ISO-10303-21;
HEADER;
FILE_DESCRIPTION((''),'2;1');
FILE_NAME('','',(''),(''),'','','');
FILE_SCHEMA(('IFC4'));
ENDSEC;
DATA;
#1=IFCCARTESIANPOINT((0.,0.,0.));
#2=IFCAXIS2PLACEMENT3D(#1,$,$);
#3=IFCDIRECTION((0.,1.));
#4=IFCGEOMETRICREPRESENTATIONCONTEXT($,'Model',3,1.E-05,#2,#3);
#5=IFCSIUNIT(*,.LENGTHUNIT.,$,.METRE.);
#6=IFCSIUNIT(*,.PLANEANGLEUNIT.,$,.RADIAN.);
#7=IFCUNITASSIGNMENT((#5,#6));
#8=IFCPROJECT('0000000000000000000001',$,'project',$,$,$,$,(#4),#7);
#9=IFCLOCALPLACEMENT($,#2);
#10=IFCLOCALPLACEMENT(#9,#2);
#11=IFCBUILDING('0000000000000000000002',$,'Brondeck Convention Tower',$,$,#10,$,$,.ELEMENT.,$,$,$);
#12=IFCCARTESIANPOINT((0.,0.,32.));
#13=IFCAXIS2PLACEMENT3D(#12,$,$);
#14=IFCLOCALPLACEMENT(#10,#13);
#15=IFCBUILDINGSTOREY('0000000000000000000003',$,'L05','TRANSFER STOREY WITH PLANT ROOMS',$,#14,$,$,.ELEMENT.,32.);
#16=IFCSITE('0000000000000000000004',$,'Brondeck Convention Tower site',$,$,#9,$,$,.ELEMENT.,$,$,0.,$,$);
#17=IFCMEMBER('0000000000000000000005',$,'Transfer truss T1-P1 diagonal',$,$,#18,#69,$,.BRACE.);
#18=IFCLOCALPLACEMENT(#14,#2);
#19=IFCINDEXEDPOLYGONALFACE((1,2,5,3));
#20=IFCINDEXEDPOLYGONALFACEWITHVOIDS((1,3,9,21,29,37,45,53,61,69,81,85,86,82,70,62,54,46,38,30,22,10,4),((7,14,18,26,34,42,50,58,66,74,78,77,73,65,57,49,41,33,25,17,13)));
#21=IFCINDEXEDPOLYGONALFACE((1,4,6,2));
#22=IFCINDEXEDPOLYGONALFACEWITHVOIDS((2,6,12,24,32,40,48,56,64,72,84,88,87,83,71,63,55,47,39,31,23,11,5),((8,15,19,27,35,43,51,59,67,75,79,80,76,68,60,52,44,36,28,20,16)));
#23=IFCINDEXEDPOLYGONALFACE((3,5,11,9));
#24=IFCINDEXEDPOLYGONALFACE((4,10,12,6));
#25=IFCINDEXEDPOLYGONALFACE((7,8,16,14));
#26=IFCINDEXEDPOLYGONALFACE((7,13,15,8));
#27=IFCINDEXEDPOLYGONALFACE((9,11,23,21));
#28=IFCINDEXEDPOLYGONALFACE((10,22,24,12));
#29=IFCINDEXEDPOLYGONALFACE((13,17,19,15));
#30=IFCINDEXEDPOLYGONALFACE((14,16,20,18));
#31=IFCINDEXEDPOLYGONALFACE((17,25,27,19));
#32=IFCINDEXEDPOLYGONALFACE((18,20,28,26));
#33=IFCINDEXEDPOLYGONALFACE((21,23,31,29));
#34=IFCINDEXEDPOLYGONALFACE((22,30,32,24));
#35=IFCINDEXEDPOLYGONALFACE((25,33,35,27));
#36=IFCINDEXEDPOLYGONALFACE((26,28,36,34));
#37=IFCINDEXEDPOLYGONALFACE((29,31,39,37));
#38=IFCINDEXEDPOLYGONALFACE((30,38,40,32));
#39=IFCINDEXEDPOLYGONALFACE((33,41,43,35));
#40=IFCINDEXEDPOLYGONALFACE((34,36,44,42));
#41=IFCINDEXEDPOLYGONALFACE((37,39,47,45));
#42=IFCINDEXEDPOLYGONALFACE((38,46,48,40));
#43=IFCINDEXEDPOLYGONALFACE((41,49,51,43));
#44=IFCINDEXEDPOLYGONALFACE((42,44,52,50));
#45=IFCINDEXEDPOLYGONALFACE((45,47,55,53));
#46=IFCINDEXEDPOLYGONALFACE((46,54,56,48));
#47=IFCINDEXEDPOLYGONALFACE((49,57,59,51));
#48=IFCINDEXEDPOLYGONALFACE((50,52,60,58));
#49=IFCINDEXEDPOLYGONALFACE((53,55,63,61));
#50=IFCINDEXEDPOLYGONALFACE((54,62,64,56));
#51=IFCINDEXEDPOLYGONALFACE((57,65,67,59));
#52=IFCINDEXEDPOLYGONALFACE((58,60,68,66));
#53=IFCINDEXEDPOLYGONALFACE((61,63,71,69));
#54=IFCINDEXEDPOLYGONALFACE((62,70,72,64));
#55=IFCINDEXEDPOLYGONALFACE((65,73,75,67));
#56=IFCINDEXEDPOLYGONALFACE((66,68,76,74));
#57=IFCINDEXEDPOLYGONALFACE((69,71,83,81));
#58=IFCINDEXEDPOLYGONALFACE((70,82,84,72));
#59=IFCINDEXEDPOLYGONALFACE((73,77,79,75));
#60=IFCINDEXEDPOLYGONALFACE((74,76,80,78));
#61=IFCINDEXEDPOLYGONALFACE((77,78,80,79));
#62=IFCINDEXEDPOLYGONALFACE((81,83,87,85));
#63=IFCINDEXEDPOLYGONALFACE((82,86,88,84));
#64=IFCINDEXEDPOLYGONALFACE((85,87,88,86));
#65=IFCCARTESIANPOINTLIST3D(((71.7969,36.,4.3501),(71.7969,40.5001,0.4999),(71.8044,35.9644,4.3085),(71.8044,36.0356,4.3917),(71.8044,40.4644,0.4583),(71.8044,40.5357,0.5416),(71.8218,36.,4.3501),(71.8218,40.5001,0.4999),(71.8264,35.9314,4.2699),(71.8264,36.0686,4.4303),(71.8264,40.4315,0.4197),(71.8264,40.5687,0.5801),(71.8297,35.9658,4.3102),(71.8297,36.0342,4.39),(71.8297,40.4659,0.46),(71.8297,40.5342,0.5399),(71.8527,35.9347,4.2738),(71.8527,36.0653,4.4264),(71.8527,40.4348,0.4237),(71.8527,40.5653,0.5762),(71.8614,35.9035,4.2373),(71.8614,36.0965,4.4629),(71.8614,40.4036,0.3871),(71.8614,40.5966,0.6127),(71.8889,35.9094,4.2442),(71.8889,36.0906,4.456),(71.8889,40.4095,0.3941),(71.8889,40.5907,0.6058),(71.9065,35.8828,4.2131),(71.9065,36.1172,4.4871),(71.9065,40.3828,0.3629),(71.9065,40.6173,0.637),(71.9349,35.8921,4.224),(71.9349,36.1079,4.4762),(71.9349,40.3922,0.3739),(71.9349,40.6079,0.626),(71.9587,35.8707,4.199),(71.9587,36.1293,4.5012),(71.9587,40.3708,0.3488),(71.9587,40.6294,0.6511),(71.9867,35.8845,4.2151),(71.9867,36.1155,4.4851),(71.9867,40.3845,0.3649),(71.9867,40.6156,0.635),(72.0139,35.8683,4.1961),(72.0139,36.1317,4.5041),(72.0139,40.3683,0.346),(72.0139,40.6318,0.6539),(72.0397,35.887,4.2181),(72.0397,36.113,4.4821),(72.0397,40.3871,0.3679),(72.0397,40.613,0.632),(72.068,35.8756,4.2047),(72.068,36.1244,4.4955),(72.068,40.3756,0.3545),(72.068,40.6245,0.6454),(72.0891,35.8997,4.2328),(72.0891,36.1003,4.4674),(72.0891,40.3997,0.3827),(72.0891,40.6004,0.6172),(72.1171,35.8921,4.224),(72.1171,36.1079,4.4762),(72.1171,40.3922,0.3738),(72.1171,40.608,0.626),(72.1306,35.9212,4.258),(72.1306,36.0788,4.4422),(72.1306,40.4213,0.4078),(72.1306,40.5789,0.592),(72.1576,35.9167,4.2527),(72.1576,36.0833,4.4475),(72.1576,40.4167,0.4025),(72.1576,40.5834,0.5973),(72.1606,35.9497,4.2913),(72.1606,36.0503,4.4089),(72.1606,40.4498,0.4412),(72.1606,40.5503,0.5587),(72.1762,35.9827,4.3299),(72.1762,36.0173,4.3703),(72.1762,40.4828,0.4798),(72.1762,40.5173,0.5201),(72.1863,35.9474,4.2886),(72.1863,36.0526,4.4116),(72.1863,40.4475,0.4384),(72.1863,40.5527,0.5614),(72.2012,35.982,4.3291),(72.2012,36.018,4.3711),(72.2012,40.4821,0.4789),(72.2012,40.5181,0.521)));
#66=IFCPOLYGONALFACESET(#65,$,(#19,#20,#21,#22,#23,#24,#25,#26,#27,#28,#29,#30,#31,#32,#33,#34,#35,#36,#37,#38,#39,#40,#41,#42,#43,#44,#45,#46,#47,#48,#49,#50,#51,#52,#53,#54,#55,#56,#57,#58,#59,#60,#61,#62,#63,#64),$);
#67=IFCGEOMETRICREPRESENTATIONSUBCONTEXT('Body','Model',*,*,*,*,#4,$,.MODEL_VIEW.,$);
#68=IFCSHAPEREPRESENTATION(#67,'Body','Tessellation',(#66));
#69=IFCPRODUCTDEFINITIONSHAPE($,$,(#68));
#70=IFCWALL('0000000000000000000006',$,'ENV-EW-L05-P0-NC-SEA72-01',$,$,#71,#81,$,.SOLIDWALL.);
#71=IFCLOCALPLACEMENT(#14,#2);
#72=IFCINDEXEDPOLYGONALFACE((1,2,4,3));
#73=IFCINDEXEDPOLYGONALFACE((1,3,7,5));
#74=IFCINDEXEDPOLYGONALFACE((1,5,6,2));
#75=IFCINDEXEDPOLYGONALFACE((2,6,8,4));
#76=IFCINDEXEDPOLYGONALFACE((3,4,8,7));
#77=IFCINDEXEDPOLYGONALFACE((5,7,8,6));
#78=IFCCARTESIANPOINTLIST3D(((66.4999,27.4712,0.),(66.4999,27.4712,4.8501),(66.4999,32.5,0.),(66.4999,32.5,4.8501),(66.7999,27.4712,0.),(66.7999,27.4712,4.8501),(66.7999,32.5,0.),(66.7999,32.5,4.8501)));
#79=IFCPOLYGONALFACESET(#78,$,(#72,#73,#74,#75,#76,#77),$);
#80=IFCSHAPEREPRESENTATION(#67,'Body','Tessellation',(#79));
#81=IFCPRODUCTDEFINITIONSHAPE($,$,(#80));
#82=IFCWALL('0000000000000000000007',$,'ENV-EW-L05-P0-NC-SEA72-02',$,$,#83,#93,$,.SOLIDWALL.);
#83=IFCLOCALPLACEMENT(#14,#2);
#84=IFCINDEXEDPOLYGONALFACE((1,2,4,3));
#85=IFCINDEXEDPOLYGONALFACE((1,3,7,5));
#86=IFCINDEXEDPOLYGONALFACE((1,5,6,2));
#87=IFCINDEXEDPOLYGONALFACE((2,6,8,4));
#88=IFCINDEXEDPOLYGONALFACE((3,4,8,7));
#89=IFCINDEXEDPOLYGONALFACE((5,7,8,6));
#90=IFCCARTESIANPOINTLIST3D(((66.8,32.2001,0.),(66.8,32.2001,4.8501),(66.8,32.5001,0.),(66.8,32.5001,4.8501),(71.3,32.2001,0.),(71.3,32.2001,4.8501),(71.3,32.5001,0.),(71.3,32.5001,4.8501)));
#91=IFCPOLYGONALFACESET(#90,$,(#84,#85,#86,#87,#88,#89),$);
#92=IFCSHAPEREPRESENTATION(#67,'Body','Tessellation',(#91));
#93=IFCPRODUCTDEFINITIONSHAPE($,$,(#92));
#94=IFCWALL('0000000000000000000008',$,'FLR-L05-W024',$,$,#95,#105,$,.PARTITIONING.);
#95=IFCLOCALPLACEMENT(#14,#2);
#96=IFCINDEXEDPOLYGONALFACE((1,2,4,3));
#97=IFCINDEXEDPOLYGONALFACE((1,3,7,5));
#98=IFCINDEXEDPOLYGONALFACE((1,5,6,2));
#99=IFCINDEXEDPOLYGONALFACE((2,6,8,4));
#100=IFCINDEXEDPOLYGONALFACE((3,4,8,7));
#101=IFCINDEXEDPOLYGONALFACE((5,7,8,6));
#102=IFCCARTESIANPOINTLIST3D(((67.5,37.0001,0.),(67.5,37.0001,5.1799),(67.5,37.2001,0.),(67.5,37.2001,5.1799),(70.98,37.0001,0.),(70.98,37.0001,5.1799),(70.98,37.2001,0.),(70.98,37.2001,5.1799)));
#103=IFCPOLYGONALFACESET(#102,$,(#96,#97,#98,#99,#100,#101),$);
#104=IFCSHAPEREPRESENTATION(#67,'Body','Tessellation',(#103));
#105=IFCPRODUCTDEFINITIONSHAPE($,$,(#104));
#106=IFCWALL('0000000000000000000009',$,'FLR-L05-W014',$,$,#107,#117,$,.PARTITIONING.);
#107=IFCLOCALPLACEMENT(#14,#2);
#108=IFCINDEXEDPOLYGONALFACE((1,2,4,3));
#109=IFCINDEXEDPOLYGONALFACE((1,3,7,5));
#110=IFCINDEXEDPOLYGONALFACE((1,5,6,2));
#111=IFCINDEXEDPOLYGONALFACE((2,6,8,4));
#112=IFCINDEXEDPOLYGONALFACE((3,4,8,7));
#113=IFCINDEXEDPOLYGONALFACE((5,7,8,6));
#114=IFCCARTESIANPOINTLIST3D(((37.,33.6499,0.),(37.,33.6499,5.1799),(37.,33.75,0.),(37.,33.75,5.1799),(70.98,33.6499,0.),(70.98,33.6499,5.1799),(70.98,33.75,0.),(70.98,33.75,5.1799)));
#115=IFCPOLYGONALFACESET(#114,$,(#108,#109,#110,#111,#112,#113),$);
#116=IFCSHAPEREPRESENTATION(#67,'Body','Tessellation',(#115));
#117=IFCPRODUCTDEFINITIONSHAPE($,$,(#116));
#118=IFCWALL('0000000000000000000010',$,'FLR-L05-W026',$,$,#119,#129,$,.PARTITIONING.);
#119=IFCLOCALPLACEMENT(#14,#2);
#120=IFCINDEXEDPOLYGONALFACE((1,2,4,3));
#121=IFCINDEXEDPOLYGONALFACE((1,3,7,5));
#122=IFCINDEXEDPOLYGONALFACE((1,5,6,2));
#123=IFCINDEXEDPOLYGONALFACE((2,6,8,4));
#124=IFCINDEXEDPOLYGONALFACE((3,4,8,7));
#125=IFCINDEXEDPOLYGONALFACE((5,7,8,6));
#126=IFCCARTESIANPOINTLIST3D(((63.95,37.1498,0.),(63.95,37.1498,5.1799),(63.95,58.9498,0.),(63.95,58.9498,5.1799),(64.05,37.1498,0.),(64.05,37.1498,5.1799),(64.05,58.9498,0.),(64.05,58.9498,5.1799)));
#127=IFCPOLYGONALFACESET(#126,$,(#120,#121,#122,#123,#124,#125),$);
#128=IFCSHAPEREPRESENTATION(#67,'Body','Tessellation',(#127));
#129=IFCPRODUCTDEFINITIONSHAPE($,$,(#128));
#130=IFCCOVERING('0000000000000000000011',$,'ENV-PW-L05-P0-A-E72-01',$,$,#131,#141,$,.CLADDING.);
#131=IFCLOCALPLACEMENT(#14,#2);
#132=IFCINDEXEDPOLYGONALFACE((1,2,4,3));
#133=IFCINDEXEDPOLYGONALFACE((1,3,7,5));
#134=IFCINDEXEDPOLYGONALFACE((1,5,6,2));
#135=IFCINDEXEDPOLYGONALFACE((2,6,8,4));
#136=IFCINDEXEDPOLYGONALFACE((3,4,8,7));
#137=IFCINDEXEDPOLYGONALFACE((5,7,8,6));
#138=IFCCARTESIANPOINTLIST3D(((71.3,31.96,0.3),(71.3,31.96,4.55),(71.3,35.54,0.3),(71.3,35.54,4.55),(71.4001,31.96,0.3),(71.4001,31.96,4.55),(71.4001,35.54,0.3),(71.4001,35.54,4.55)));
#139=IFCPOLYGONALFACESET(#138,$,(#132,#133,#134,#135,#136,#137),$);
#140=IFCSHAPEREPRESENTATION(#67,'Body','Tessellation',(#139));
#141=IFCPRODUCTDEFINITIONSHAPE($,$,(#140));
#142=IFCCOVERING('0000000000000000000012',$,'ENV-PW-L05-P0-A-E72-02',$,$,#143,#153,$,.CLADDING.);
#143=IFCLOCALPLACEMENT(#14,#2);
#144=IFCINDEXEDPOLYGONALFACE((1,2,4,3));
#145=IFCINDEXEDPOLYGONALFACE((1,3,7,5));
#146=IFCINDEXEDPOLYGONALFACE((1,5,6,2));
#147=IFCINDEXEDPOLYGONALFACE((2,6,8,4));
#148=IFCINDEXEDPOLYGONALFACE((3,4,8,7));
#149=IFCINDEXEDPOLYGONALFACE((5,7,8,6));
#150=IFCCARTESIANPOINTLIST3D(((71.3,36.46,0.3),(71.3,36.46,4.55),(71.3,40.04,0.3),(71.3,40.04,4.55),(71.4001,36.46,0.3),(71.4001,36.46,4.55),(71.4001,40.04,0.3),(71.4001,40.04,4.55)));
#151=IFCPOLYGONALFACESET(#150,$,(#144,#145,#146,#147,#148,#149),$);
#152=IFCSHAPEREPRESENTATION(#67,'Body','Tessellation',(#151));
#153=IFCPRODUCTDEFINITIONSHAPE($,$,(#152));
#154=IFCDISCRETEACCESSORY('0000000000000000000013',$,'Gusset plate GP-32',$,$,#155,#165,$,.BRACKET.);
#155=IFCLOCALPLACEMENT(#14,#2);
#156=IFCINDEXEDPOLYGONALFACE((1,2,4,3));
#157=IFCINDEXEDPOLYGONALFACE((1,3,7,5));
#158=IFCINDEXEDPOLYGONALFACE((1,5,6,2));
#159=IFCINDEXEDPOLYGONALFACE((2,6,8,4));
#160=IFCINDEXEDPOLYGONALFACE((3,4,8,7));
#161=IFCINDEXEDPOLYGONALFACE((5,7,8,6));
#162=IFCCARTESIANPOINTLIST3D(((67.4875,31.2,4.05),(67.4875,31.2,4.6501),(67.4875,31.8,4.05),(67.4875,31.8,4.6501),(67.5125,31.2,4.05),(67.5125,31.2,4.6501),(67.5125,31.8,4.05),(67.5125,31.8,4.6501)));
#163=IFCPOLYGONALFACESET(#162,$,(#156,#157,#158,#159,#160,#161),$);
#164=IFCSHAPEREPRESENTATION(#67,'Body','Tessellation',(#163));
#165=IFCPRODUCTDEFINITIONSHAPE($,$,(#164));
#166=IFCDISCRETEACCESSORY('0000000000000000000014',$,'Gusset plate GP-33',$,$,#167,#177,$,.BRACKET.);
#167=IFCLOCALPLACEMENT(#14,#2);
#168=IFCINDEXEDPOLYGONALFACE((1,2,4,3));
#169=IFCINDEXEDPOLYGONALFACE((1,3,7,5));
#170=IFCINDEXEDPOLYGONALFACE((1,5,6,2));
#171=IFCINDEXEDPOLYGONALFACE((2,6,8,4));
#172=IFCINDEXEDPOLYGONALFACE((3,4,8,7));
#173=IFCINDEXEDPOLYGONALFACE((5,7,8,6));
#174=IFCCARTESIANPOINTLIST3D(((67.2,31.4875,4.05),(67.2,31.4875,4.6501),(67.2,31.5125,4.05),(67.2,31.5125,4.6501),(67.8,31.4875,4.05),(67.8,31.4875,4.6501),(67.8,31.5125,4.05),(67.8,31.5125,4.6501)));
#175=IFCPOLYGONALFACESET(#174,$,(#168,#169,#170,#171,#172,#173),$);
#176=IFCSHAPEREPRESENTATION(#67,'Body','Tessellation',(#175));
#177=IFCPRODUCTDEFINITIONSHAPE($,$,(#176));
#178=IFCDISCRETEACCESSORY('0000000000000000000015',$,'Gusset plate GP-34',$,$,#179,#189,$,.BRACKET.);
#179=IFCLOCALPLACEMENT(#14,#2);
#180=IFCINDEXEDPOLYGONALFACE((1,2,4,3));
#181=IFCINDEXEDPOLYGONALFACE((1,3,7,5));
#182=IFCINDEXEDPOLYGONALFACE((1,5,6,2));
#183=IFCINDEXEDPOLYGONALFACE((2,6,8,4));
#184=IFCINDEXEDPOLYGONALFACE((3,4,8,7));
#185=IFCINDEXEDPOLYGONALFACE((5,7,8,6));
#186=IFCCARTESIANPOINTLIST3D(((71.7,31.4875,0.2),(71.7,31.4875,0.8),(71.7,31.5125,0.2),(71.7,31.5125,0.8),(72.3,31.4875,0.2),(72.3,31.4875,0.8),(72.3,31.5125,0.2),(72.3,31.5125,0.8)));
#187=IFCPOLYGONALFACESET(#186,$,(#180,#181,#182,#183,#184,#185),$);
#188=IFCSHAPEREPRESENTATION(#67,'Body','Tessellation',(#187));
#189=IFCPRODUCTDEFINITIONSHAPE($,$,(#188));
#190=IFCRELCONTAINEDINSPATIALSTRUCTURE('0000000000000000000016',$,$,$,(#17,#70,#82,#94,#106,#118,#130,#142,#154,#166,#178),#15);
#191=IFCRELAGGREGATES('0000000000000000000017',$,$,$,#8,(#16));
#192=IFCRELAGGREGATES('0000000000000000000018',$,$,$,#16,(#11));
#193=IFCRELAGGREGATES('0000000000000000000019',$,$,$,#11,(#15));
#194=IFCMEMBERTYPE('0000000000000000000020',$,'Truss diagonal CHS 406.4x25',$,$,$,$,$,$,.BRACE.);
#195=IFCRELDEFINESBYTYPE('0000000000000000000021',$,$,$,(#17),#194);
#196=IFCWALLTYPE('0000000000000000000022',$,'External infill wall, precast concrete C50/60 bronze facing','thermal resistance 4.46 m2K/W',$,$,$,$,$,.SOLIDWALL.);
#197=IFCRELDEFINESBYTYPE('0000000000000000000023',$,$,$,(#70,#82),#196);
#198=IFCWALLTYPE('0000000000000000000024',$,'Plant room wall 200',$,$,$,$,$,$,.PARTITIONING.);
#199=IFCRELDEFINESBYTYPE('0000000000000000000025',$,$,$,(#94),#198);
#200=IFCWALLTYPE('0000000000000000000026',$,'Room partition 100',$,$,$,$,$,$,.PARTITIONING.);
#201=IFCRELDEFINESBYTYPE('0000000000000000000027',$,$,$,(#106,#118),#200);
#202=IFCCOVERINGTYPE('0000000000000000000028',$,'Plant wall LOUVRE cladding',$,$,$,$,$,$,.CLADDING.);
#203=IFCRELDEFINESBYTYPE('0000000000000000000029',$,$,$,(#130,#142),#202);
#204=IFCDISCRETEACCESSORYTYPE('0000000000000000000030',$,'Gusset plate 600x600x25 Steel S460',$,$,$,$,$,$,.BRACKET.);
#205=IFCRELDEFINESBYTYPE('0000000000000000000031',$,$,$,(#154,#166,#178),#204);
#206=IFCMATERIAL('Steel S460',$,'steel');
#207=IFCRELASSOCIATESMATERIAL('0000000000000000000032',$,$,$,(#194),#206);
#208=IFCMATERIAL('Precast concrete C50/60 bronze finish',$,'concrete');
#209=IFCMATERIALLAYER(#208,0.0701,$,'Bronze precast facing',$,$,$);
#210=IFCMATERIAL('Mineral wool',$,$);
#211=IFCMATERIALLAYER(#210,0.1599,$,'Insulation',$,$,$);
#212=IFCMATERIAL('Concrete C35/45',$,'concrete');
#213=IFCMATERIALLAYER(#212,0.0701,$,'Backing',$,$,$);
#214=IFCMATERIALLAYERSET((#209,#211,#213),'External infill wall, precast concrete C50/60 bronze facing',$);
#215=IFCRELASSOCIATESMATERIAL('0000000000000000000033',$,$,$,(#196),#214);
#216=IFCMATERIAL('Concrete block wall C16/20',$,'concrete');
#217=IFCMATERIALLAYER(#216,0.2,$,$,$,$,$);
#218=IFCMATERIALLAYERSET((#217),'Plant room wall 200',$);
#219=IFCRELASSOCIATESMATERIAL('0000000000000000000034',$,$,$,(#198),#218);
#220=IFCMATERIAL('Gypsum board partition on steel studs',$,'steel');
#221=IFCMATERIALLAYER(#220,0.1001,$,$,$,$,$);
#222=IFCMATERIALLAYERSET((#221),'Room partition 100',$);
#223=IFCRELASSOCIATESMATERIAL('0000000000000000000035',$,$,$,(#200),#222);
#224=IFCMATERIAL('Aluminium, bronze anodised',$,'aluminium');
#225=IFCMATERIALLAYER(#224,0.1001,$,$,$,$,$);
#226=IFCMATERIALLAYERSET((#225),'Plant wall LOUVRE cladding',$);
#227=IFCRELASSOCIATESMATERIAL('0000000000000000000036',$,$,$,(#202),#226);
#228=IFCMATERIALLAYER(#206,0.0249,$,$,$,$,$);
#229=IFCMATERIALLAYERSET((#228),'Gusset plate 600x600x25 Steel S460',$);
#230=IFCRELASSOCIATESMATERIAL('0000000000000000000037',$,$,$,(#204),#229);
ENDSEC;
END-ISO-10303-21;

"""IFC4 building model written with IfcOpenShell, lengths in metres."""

from ifc_helpers import new_model, si_unit, direction, frame, frame_2d, origin, origin_2d, place, context, subcontext, project, spatial, rectangle, hollow_circle, extrude, material, layer, layer_set, material_profile, profile_set, type_object, element, save


model = new_model("IFC4")

# Units and contexts
model_context = context("Model", 3, precision=1e-05, world=origin(), true_north=direction((0.0, 1.0)))
body_context = subcontext(model_context, "Body", "Model", "MODEL_VIEW")
ifc_project = project(units=[si_unit("LENGTHUNIT", "METRE"), si_unit("PLANEANGLEUNIT", "RADIAN")], contexts=[model_context])

# Site, building, storey
site_placement = place(None, origin())
site = spatial("IfcSite", under=ifc_project, at=site_placement, Name="Brondeck Convention Tower site", CompositionType="ELEMENT", RefElevation=0.0)
building_placement = place(site_placement, origin())
building = spatial("IfcBuilding", under=site, at=building_placement, Name="Brondeck Convention Tower", CompositionType="ELEMENT")
storey_placement = place(building_placement, frame((0.0, 0.0, 32.0)))
storey = spatial("IfcBuildingStorey", under=building, at=storey_placement, Name="L05", Description="TRANSFER STOREY WITH PLANT ROOMS", CompositionType="ELEMENT", Elevation=32.0)

# Shared definitions
ifc_material_1 = material(Name="Steel S460", Category="steel")

# Member
ifc_material_profile_1 = material_profile(ifc_material_1, hollow_circle(Radius=0.2031, WallThickness=0.0249, at=origin_2d()), Name="CHS 406.4x25")
ifc_profile_set_1 = profile_set([ifc_material_profile_1], Name="Steel S460")
member_type_1 = type_object("IfcMemberType", Name="Truss diagonal CHS 406.4x25", PredefinedType="BRACE", material=ifc_profile_set_1)
for number, where, z_axis, x_axis, name in (
    (1, (72.0, 36.0, 4.3501), (0.0, 0.759844, -0.650105), (-1.0, 0.0, 0.0), "Transfer truss T1-P1 diagonal"),
):
    element("IfcMember", number, at=place(storey_placement, frame(where, z_axis=z_axis, x_axis=x_axis)), inside=storey, type_object=member_type_1, Name=name, PredefinedType="BRACE", context=body_context, shape_type="SweptSolid", body=[
        extrude(hollow_circle(Radius=0.2031, WallThickness=0.0249, at=origin_2d()), origin(), (0.0, 0.0, 1.0), 5.9224),
    ])

# Walls
ifc_material_2 = material(Name="Precast concrete C50/60 bronze finish", Category="concrete")
ifc_layer_1 = layer(ifc_material_2, 0.0701, Name="Bronze precast facing")
ifc_material_3 = material(Name="Mineral wool")
ifc_layer_2 = layer(ifc_material_3, 0.1599, Name="Insulation")
ifc_material_4 = material(Name="Concrete C35/45", Category="concrete")
ifc_layer_3 = layer(ifc_material_4, 0.0701, Name="Backing")
ifc_layer_set_1 = layer_set([ifc_layer_1, ifc_layer_2, ifc_layer_3], Name="External infill wall, precast concrete C50/60 bronze facing")
wall_type_1 = type_object("IfcWallType", Name="External infill wall, precast concrete C50/60 bronze facing", Description="thermal resistance 4.46 m2K/W", PredefinedType="SOLIDWALL", material=ifc_layer_set_1)
wall_1_placement = place(storey_placement, frame((66.6499, 32.5, 0.0), z_axis=(0.0, 0.0, 1.0), x_axis=(0.0, -1.0, 0.0)))
element("IfcWall", 2, at=wall_1_placement, inside=storey, type_object=wall_type_1, Name="ENV-EW-L05-P0-NC-SEA72-01", PredefinedType="SOLIDWALL", context=body_context, shape_type="SweptSolid", body=[
    extrude(rectangle(XDim=5.0288, YDim=0.3, at=frame_2d((2.5144, 0.0))), origin(), (0.0, 0.0, 1.0), 4.8501),
])
wall_2_placement = place(storey_placement, frame((71.3, 32.3501, 0.0), z_axis=(0.0, 0.0, 1.0), x_axis=(-1.0, 0.0, 0.0)))
element("IfcWall", 3, at=wall_2_placement, inside=storey, type_object=wall_type_1, Name="ENV-EW-L05-P0-NC-SEA72-02", PredefinedType="SOLIDWALL", context=body_context, shape_type="SweptSolid", body=[
    extrude(rectangle(XDim=4.5, YDim=0.3, at=frame_2d((2.25, 0.0))), origin(), (0.0, 0.0, 1.0), 4.8501),
])
ifc_material_5 = material(Name="Concrete block wall C16/20", Category="concrete")
ifc_layer_4 = layer(ifc_material_5, 0.2)
ifc_layer_set_2 = layer_set([ifc_layer_4], Name="Plant room wall 200")
wall_type_2 = type_object("IfcWallType", Name="Plant room wall 200", PredefinedType="PARTITIONING", material=ifc_layer_set_2)
wall_3_placement = place(storey_placement, frame((67.5, 37.1001, 0.0), z_axis=(0.0, 0.0, 1.0), x_axis=(1.0, 0.0, 0.0)))
element("IfcWall", 4, at=wall_3_placement, inside=storey, type_object=wall_type_2, Name="FLR-L05-W024", PredefinedType="PARTITIONING", context=body_context, shape_type="SweptSolid", body=[
    extrude(rectangle(XDim=3.48, YDim=0.2, at=frame_2d((1.74, 0.0))), origin(), (0.0, 0.0, 1.0), 5.1799),
])
ifc_material_6 = material(Name="Gypsum board partition on steel studs", Category="steel")
ifc_layer_5 = layer(ifc_material_6, 0.1001)
ifc_layer_set_3 = layer_set([ifc_layer_5], Name="Room partition 100")
wall_type_3 = type_object("IfcWallType", Name="Room partition 100", PredefinedType="PARTITIONING", material=ifc_layer_set_3)
wall_4_placement = place(storey_placement, frame((70.98, 33.7, 0.0), z_axis=(0.0, 0.0, 1.0), x_axis=(-1.0, 0.0, 0.0)))
element("IfcWall", 5, at=wall_4_placement, inside=storey, type_object=wall_type_3, Name="FLR-L05-W014", PredefinedType="PARTITIONING", context=body_context, shape_type="SweptSolid", body=[
    extrude(rectangle(XDim=33.98, YDim=0.1001, at=frame_2d((16.99, 0.0))), origin(), (0.0, 0.0, 1.0), 5.1799),
])
wall_5_placement = place(storey_placement, frame((64.0, 37.1499, 0.0), z_axis=(0.0, 0.0, 1.0), x_axis=(0.0, 1.0, 0.0)))
element("IfcWall", 6, at=wall_5_placement, inside=storey, type_object=wall_type_3, Name="FLR-L05-W026", PredefinedType="PARTITIONING", context=body_context, shape_type="SweptSolid", body=[
    extrude(rectangle(XDim=21.8, YDim=0.1001, at=frame_2d((10.8999, 0.0))), origin(), (0.0, 0.0, 1.0), 5.1799),
])

# Coverings
ifc_material_7 = material(Name="Aluminium, bronze anodised", Category="aluminium")
ifc_layer_6 = layer(ifc_material_7, 0.1001)
ifc_layer_set_4 = layer_set([ifc_layer_6], Name="Plant wall LOUVRE cladding")
covering_type = type_object("IfcCoveringType", Name="Plant wall LOUVRE cladding", PredefinedType="CLADDING", material=ifc_layer_set_4)
for number, where, z_axis, x_axis, name in (
    (7, (71.3501, 33.75, 0.3), (0.0, 0.0, 1.0), (0.0, 1.0, 0.0), "ENV-PW-L05-P0-A-E72-01"),
    (8, (71.3501, 38.25, 0.3), (0.0, 0.0, 1.0), (0.0, 1.0, 0.0), "ENV-PW-L05-P0-A-E72-02"),
):
    element("IfcCovering", number, at=place(storey_placement, frame(where, z_axis=z_axis, x_axis=x_axis)), inside=storey, type_object=covering_type, Name=name, PredefinedType="CLADDING", context=body_context, shape_type="SweptSolid", body=[
        extrude(rectangle(XDim=3.5801, YDim=0.1001, at=origin_2d()), origin(), (0.0, 0.0, 1.0), 4.25),
    ])

# Discrete accessories
ifc_layer_7 = layer(ifc_material_1, 0.0249)
ifc_layer_set_5 = layer_set([ifc_layer_7], Name="Gusset plate 600x600x25 Steel S460")
discrete_accessory_type = type_object("IfcDiscreteAccessoryType", Name="Gusset plate 600x600x25 Steel S460", PredefinedType="BRACKET", material=ifc_layer_set_5)
for number, where, z_axis, x_axis, name in (
    (9, (67.5, 31.5, 4.05), (0.0, 0.0, 1.0), (0.0, 1.0, 0.0), "Gusset plate GP-32"),
    (10, (67.5, 31.5, 4.05), (0.0, 0.0, 1.0), (1.0, 0.0, 0.0), "Gusset plate GP-33"),
    (11, (72.0, 31.5, 0.2), (0.0, 0.0, 1.0), (1.0, 0.0, 0.0), "Gusset plate GP-34"),
):
    element("IfcDiscreteAccessory", number, at=place(storey_placement, frame(where, z_axis=z_axis, x_axis=x_axis)), inside=storey, type_object=discrete_accessory_type, Name=name, PredefinedType="BRACKET", context=body_context, shape_type="SweptSolid", body=[
        extrude(rectangle(XDim=0.6001, YDim=0.0249, at=origin_2d()), origin(), (0.0, 0.0, 1.0), 0.6001),
    ])

save(model, "model.ifc")
